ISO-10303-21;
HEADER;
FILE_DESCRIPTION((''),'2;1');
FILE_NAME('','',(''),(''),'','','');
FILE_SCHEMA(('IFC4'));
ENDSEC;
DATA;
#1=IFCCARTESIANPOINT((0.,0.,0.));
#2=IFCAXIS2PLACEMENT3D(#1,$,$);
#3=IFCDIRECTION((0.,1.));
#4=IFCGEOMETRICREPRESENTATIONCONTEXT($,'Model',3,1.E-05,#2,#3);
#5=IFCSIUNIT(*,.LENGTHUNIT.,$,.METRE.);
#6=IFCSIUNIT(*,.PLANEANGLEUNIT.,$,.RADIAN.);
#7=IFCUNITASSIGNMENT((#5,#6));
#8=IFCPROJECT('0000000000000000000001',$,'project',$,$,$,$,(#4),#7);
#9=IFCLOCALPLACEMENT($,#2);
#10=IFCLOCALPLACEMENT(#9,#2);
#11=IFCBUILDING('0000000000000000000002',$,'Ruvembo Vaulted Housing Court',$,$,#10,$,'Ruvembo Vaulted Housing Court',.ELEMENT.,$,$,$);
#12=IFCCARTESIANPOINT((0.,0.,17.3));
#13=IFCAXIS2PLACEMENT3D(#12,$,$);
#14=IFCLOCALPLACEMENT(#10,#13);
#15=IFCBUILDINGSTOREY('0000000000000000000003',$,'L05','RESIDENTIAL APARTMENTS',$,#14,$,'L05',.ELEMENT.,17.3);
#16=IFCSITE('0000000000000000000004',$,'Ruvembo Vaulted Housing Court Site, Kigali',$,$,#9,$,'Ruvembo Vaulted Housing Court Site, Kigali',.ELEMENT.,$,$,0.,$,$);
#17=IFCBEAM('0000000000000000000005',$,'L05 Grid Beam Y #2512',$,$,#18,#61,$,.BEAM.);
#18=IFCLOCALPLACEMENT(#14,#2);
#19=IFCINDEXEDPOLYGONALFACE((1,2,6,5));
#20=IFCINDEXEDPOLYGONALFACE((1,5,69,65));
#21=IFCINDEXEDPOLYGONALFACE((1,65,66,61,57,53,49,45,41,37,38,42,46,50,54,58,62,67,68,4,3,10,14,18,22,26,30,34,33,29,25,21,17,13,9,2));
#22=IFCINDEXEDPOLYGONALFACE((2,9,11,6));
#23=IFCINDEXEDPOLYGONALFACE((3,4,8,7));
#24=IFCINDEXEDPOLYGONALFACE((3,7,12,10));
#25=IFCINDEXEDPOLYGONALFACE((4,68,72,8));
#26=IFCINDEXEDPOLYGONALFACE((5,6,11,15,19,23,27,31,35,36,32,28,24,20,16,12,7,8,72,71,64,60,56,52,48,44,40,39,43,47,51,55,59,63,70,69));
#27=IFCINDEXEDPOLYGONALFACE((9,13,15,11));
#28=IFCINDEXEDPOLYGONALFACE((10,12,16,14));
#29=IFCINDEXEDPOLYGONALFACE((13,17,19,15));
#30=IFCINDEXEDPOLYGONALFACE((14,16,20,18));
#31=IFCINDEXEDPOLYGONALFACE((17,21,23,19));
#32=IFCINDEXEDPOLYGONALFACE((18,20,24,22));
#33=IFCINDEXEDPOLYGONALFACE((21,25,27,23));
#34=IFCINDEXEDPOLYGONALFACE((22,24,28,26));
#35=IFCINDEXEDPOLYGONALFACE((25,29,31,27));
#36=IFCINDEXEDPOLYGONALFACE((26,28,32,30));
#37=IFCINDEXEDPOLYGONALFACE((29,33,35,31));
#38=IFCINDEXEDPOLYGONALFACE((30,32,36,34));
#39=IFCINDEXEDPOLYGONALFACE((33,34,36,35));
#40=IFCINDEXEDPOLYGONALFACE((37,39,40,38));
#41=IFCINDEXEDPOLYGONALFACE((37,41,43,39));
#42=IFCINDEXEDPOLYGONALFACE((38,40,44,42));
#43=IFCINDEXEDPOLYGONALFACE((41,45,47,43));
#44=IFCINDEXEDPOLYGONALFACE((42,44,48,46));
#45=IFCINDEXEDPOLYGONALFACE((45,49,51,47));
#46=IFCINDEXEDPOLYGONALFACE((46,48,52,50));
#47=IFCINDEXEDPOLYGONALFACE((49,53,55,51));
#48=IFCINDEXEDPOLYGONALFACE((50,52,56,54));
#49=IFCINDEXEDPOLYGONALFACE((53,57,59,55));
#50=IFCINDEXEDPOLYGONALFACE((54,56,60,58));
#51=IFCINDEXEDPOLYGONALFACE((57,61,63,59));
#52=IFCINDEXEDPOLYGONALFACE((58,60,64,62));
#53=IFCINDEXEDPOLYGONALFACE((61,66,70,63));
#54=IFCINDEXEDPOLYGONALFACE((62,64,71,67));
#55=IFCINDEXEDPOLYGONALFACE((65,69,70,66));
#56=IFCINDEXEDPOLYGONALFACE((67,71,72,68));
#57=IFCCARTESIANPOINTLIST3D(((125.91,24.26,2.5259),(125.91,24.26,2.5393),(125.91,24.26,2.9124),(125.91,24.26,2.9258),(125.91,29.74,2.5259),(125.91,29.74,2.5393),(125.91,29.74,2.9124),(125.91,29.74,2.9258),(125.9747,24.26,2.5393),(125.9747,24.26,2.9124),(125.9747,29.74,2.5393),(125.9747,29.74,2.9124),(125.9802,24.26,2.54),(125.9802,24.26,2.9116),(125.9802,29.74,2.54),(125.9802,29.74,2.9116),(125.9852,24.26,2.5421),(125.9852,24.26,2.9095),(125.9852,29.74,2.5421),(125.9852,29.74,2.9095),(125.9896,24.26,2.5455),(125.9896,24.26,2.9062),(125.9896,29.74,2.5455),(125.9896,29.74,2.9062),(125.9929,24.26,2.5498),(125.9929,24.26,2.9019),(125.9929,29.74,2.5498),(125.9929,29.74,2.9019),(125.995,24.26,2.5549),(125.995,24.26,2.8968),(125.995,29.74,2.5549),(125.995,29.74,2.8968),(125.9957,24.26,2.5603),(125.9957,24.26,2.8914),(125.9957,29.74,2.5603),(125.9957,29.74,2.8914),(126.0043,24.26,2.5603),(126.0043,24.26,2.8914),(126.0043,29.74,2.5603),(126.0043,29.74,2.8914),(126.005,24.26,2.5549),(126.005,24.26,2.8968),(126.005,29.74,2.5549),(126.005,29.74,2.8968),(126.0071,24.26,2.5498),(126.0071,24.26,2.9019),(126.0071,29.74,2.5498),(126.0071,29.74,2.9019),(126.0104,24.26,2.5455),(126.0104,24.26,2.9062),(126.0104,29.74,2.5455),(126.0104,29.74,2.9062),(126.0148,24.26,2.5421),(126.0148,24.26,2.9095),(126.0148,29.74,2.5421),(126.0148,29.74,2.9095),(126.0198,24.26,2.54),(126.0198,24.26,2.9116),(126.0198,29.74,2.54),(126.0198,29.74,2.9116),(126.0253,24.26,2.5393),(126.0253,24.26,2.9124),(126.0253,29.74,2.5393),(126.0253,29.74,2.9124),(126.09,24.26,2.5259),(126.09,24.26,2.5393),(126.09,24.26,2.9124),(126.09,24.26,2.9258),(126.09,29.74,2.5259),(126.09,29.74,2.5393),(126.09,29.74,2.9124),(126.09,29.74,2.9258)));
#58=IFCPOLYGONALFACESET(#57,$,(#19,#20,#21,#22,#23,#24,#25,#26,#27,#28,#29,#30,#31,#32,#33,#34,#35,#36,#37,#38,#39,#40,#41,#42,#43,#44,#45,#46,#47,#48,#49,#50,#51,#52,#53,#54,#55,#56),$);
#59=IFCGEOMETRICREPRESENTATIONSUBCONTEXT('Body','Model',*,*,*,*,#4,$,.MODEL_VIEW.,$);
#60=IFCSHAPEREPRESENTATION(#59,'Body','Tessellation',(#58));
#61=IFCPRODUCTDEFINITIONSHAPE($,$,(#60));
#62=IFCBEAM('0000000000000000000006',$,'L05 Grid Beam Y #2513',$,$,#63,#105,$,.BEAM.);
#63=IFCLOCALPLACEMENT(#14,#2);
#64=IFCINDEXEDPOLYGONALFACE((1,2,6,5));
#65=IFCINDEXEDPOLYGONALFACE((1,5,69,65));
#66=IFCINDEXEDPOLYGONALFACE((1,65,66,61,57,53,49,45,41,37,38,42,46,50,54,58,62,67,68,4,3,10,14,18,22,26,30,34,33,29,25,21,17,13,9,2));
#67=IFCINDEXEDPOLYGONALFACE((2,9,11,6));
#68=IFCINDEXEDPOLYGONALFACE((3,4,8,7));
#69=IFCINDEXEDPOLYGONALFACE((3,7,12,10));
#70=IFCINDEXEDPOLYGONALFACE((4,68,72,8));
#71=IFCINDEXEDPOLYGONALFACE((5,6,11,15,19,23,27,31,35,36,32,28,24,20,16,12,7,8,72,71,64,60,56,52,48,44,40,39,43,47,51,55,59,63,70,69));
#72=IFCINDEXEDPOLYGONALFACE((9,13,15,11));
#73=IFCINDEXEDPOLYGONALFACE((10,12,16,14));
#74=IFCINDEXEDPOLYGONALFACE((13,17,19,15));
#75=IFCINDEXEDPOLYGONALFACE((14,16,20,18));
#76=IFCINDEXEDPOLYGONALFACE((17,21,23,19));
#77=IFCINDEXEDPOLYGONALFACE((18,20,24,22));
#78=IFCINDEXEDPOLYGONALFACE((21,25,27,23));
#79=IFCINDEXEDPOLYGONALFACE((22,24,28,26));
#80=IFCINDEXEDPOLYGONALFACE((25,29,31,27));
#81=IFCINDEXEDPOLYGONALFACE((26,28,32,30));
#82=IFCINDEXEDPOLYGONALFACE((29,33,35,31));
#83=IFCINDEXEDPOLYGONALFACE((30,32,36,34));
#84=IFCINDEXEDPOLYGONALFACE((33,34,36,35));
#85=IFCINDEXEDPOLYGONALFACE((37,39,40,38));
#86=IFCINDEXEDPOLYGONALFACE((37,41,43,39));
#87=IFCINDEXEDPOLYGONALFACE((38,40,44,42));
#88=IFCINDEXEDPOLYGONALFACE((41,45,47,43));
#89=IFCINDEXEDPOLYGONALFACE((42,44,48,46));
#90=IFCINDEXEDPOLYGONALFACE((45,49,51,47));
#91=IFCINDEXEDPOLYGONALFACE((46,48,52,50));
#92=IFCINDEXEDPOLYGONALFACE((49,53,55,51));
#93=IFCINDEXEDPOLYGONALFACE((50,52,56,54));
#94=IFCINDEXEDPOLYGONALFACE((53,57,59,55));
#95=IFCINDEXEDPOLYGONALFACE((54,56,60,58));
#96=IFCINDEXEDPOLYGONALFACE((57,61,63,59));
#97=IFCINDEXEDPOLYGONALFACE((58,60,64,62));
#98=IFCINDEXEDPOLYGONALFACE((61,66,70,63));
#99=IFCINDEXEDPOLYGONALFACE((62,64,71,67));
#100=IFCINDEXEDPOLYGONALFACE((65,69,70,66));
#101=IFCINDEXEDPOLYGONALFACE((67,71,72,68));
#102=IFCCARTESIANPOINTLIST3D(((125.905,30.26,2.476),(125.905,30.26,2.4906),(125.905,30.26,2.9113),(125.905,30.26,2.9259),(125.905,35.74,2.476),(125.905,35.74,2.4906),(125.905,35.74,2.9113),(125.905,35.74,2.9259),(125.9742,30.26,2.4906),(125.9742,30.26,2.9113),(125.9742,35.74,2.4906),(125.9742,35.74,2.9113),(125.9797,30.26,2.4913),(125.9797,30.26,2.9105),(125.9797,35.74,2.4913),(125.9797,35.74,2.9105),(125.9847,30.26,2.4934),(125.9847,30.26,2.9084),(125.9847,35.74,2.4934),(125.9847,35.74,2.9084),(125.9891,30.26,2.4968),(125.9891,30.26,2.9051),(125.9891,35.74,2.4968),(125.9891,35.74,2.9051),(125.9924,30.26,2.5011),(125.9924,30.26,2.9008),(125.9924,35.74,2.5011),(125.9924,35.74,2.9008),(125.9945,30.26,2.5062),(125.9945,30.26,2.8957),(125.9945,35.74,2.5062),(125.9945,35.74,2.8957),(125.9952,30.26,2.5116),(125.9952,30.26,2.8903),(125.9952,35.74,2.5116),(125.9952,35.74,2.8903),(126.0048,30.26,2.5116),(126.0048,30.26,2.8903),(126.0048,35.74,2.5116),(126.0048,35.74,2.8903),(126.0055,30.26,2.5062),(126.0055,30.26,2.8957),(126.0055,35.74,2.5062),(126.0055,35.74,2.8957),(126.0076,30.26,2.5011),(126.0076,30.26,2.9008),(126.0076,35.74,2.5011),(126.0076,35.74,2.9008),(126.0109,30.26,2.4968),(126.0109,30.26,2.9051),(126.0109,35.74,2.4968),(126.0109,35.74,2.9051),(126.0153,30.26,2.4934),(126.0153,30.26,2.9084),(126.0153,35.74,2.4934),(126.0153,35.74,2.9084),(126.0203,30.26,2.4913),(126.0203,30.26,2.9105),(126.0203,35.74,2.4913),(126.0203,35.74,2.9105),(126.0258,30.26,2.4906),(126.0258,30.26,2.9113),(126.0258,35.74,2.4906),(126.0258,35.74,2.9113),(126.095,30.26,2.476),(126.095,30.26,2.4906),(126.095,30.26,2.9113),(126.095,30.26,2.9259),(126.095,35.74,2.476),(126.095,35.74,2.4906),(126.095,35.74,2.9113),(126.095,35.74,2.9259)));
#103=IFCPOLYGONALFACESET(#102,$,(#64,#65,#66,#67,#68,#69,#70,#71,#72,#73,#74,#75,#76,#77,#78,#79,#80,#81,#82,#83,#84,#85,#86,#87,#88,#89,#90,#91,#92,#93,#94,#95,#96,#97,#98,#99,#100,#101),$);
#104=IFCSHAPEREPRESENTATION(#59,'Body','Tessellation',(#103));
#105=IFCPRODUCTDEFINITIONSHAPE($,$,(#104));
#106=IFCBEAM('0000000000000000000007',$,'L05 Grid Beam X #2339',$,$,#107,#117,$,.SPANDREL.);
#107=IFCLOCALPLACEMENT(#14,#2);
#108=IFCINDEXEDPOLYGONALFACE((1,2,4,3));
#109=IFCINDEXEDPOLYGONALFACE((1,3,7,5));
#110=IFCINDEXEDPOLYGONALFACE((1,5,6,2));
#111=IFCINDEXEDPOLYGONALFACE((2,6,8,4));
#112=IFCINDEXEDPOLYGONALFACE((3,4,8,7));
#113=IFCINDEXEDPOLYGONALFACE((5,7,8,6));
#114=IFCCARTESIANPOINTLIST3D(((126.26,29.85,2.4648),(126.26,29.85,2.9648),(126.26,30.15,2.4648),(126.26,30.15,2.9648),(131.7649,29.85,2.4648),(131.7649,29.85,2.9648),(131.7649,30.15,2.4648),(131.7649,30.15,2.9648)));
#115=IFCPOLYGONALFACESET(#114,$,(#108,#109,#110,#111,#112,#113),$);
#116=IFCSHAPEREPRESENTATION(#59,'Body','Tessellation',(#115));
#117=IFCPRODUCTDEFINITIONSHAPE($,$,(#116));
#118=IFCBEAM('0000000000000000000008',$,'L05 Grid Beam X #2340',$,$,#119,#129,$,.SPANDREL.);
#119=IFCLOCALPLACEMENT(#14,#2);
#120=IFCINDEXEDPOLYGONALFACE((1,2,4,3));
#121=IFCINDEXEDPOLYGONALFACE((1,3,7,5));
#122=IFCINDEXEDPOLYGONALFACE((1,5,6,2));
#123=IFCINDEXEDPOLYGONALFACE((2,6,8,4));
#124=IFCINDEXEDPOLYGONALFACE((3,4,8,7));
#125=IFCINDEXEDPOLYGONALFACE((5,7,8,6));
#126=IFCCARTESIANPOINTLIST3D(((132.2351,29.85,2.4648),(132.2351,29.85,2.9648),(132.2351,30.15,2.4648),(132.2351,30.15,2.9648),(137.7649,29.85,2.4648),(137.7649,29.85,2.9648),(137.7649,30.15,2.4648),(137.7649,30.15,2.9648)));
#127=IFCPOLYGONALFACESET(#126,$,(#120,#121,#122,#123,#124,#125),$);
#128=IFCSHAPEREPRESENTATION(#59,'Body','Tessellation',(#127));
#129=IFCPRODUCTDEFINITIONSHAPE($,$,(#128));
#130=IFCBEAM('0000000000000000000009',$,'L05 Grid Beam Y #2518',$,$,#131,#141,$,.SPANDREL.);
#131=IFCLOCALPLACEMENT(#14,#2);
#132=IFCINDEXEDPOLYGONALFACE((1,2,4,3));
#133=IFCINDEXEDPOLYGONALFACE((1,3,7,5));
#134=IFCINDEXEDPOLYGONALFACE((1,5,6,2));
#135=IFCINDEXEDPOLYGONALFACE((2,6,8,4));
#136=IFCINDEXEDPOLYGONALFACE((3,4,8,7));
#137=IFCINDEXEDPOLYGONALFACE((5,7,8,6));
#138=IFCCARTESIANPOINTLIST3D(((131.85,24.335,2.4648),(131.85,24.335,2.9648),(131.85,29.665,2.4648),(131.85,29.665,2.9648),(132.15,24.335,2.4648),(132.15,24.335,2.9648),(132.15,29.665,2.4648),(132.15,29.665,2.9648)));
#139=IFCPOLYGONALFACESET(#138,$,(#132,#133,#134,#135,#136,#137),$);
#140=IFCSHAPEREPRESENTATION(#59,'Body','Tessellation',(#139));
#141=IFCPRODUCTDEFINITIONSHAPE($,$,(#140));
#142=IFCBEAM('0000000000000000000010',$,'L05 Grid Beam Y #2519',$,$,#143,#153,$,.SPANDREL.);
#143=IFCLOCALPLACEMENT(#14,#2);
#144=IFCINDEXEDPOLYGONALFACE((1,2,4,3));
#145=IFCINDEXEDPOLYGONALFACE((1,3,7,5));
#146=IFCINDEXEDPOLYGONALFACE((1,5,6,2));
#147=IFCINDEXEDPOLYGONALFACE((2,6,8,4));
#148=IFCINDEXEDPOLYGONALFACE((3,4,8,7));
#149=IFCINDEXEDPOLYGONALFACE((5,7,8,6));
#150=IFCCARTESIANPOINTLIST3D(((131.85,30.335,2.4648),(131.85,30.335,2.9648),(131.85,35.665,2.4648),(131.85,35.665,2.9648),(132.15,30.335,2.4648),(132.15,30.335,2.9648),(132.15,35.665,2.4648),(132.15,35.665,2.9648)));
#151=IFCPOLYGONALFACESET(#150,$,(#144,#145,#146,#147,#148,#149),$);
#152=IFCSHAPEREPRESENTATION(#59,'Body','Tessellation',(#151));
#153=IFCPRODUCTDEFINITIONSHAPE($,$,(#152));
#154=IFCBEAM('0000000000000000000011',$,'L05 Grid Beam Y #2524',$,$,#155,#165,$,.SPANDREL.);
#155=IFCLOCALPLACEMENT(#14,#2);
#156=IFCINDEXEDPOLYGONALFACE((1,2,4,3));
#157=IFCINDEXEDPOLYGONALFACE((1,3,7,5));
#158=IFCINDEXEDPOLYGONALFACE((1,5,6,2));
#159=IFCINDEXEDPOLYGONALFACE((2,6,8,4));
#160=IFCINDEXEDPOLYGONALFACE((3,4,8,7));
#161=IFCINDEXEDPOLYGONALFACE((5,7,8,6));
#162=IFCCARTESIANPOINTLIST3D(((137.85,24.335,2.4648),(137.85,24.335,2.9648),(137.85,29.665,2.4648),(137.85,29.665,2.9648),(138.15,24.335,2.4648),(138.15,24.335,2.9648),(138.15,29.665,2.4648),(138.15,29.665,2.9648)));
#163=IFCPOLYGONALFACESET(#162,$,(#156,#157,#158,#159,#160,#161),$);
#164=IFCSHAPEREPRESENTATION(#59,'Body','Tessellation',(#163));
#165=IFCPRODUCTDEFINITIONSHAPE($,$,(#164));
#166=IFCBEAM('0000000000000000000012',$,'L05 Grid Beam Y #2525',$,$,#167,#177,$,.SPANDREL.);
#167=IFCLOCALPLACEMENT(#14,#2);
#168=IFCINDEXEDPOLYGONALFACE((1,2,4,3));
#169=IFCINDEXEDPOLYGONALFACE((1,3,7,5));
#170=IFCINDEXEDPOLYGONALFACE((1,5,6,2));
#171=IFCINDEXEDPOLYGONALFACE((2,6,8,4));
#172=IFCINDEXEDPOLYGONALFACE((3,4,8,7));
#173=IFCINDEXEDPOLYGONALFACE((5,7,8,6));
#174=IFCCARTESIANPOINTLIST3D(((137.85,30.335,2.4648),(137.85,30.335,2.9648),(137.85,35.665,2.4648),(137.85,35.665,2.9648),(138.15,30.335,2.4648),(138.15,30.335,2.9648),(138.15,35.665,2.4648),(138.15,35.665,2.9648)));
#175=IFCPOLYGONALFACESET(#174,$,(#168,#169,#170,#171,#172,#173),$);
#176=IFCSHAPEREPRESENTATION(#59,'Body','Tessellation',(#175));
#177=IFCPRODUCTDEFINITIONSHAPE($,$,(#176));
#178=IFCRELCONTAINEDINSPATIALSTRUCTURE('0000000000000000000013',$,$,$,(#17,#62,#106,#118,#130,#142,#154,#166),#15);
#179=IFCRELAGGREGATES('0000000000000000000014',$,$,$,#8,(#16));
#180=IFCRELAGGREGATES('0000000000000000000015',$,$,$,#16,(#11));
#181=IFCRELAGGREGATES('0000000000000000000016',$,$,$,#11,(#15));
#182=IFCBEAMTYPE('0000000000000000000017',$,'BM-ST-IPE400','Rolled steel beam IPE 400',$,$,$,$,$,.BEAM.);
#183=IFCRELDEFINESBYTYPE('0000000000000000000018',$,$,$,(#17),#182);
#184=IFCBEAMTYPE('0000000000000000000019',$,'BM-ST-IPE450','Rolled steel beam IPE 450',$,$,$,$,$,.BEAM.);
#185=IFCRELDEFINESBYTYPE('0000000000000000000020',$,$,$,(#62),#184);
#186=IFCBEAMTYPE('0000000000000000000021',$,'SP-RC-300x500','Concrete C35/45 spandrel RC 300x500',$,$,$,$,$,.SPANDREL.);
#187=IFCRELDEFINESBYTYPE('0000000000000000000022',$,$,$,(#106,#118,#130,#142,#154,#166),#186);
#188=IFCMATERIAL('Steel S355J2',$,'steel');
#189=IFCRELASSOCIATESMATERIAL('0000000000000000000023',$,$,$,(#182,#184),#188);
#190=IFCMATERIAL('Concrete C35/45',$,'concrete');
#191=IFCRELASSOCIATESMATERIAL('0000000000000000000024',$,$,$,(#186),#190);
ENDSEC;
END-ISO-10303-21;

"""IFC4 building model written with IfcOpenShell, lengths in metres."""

from ifc_helpers import new_model, si_unit, direction, frame, origin, origin_2d, place, context, subcontext, project, spatial, rectangle, i_section, extrude, material, material_profile, profile_set, type_object, element, save


model = new_model("IFC4")

# Units and contexts
model_context = context("Model", 3, precision=1e-05, world=origin(), true_north=direction((0.0, 1.0)))
body_context = subcontext(model_context, "Body", "Model", "MODEL_VIEW")
ifc_project = project(units=[si_unit("LENGTHUNIT", "METRE"), si_unit("PLANEANGLEUNIT", "RADIAN")], contexts=[model_context])

# Site, building, storey
site_placement = place(None, origin())
site = spatial("IfcSite", under=ifc_project, at=site_placement, Name="Ruvembo Vaulted Housing Court Site, Kigali", LongName="Ruvembo Vaulted Housing Court Site, Kigali", CompositionType="ELEMENT", RefElevation=0.0)
building_placement = place(site_placement, origin())
building = spatial("IfcBuilding", under=site, at=building_placement, Name="Ruvembo Vaulted Housing Court", LongName="Ruvembo Vaulted Housing Court", CompositionType="ELEMENT")
storey_placement = place(building_placement, frame((0.0, 0.0, 17.3)))
storey = spatial("IfcBuildingStorey", under=building, at=storey_placement, Name="L05", Description="RESIDENTIAL APARTMENTS", LongName="L05", CompositionType="ELEMENT", Elevation=17.3)

# Shared definitions
ifc_material_1 = material(Name="Concrete C35/45", Category="concrete")

# Beams
ifc_material_2 = material(Name="Steel S355J2", Category="steel")
ifc_material_profile_1 = material_profile(ifc_material_2, i_section(OverallWidth=0.1799, OverallDepth=0.3999, WebThickness=0.0085, FlangeThickness=0.0134, FilletRadius=0.021, at=origin_2d()), Name="IPE 400")
ifc_profile_set_1 = profile_set([ifc_material_profile_1], Name="Steel S355J2")
beam_type_1 = type_object("IfcBeamType", Name="BM-ST-IPE400", Description="Rolled steel beam IPE 400", PredefinedType="BEAM", material=ifc_profile_set_1)
beam_1_placement = place(storey_placement, frame((126.0, 24.26, 2.7258), z_axis=(0.0, 1.0, 0.0), x_axis=(-1.0, 0.0, 0.0)))
element("IfcBeam", 1, at=beam_1_placement, inside=storey, type_object=beam_type_1, Name="L05 Grid Beam Y #2512", PredefinedType="BEAM", context=body_context, shape_type="SweptSolid", body=[
    extrude(i_section(OverallWidth=0.1799, OverallDepth=0.3999, WebThickness=0.0085, FlangeThickness=0.0134, FilletRadius=0.021, at=origin_2d()), origin(), (0.0, 0.0, 1.0), 5.48),
])
ifc_material_profile_2 = material_profile(ifc_material_2, i_section(OverallWidth=0.1899, OverallDepth=0.45, WebThickness=0.0095, FlangeThickness=0.0146, FilletRadius=0.021, at=origin_2d()), Name="IPE 450")
ifc_profile_set_2 = profile_set([ifc_material_profile_2], Name="Steel S355J2")
beam_type_2 = type_object("IfcBeamType", Name="BM-ST-IPE450", Description="Rolled steel beam IPE 450", PredefinedType="BEAM", material=ifc_profile_set_2)
beam_2_placement = place(storey_placement, frame((126.0, 30.26, 2.7009), z_axis=(0.0, 1.0, 0.0), x_axis=(-1.0, 0.0, 0.0)))
element("IfcBeam", 2, at=beam_2_placement, inside=storey, type_object=beam_type_2, Name="L05 Grid Beam Y #2513", PredefinedType="BEAM", context=body_context, shape_type="SweptSolid", body=[
    extrude(i_section(OverallWidth=0.1899, OverallDepth=0.45, WebThickness=0.0095, FlangeThickness=0.0146, FilletRadius=0.021, at=origin_2d()), origin(), (0.0, 0.0, 1.0), 5.48),
])
ifc_material_profile_3 = material_profile(ifc_material_1, rectangle(XDim=0.3, YDim=0.5, at=origin_2d()), Name="RC 300x500")
ifc_profile_set_3 = profile_set([ifc_material_profile_3], Name="Concrete C35/45")
beam_type_3 = type_object("IfcBeamType", Name="SP-RC-300x500", Description="Concrete C35/45 spandrel RC 300x500", PredefinedType="SPANDREL", material=ifc_profile_set_3)
beam_3_placement = place(storey_placement, frame((126.26, 30.0, 2.7148), z_axis=(1.0, 0.0, 0.0), x_axis=(0.0, 1.0, 0.0)))
element("IfcBeam", 3, at=beam_3_placement, inside=storey, type_object=beam_type_3, Name="L05 Grid Beam X #2339", PredefinedType="SPANDREL", context=body_context, shape_type="SweptSolid", body=[
    extrude(rectangle(XDim=0.3, YDim=0.5, at=origin_2d()), origin(), (0.0, 0.0, 1.0), 5.5049),
])
beam_4_placement = place(storey_placement, frame((132.2351, 30.0, 2.7148), z_axis=(1.0, 0.0, 0.0), x_axis=(0.0, 1.0, 0.0)))
element("IfcBeam", 4, at=beam_4_placement, inside=storey, type_object=beam_type_3, Name="L05 Grid Beam X #2340", PredefinedType="SPANDREL", context=body_context, shape_type="SweptSolid", body=[
    extrude(rectangle(XDim=0.3, YDim=0.5, at=origin_2d()), origin(), (0.0, 0.0, 1.0), 5.5298),
])
for number, where, z_axis, x_axis, name in (
    (5, (132.0, 24.335, 2.7148), (0.0, 1.0, 0.0), (-1.0, 0.0, 0.0), "L05 Grid Beam Y #2518"),
    (6, (132.0, 30.335, 2.7148), (0.0, 1.0, 0.0), (-1.0, 0.0, 0.0), "L05 Grid Beam Y #2519"),
    (7, (138.0, 24.335, 2.7148), (0.0, 1.0, 0.0), (-1.0, 0.0, 0.0), "L05 Grid Beam Y #2524"),
    (8, (138.0, 30.335, 2.7148), (0.0, 1.0, 0.0), (-1.0, 0.0, 0.0), "L05 Grid Beam Y #2525"),
):
    element("IfcBeam", number, at=place(storey_placement, frame(where, z_axis=z_axis, x_axis=x_axis)), inside=storey, type_object=beam_type_3, Name=name, PredefinedType="SPANDREL", context=body_context, shape_type="SweptSolid", body=[
        extrude(rectangle(XDim=0.3, YDim=0.5, at=origin_2d()), origin(), (0.0, 0.0, 1.0), 5.3301),
    ])

save(model, "model.ifc")
